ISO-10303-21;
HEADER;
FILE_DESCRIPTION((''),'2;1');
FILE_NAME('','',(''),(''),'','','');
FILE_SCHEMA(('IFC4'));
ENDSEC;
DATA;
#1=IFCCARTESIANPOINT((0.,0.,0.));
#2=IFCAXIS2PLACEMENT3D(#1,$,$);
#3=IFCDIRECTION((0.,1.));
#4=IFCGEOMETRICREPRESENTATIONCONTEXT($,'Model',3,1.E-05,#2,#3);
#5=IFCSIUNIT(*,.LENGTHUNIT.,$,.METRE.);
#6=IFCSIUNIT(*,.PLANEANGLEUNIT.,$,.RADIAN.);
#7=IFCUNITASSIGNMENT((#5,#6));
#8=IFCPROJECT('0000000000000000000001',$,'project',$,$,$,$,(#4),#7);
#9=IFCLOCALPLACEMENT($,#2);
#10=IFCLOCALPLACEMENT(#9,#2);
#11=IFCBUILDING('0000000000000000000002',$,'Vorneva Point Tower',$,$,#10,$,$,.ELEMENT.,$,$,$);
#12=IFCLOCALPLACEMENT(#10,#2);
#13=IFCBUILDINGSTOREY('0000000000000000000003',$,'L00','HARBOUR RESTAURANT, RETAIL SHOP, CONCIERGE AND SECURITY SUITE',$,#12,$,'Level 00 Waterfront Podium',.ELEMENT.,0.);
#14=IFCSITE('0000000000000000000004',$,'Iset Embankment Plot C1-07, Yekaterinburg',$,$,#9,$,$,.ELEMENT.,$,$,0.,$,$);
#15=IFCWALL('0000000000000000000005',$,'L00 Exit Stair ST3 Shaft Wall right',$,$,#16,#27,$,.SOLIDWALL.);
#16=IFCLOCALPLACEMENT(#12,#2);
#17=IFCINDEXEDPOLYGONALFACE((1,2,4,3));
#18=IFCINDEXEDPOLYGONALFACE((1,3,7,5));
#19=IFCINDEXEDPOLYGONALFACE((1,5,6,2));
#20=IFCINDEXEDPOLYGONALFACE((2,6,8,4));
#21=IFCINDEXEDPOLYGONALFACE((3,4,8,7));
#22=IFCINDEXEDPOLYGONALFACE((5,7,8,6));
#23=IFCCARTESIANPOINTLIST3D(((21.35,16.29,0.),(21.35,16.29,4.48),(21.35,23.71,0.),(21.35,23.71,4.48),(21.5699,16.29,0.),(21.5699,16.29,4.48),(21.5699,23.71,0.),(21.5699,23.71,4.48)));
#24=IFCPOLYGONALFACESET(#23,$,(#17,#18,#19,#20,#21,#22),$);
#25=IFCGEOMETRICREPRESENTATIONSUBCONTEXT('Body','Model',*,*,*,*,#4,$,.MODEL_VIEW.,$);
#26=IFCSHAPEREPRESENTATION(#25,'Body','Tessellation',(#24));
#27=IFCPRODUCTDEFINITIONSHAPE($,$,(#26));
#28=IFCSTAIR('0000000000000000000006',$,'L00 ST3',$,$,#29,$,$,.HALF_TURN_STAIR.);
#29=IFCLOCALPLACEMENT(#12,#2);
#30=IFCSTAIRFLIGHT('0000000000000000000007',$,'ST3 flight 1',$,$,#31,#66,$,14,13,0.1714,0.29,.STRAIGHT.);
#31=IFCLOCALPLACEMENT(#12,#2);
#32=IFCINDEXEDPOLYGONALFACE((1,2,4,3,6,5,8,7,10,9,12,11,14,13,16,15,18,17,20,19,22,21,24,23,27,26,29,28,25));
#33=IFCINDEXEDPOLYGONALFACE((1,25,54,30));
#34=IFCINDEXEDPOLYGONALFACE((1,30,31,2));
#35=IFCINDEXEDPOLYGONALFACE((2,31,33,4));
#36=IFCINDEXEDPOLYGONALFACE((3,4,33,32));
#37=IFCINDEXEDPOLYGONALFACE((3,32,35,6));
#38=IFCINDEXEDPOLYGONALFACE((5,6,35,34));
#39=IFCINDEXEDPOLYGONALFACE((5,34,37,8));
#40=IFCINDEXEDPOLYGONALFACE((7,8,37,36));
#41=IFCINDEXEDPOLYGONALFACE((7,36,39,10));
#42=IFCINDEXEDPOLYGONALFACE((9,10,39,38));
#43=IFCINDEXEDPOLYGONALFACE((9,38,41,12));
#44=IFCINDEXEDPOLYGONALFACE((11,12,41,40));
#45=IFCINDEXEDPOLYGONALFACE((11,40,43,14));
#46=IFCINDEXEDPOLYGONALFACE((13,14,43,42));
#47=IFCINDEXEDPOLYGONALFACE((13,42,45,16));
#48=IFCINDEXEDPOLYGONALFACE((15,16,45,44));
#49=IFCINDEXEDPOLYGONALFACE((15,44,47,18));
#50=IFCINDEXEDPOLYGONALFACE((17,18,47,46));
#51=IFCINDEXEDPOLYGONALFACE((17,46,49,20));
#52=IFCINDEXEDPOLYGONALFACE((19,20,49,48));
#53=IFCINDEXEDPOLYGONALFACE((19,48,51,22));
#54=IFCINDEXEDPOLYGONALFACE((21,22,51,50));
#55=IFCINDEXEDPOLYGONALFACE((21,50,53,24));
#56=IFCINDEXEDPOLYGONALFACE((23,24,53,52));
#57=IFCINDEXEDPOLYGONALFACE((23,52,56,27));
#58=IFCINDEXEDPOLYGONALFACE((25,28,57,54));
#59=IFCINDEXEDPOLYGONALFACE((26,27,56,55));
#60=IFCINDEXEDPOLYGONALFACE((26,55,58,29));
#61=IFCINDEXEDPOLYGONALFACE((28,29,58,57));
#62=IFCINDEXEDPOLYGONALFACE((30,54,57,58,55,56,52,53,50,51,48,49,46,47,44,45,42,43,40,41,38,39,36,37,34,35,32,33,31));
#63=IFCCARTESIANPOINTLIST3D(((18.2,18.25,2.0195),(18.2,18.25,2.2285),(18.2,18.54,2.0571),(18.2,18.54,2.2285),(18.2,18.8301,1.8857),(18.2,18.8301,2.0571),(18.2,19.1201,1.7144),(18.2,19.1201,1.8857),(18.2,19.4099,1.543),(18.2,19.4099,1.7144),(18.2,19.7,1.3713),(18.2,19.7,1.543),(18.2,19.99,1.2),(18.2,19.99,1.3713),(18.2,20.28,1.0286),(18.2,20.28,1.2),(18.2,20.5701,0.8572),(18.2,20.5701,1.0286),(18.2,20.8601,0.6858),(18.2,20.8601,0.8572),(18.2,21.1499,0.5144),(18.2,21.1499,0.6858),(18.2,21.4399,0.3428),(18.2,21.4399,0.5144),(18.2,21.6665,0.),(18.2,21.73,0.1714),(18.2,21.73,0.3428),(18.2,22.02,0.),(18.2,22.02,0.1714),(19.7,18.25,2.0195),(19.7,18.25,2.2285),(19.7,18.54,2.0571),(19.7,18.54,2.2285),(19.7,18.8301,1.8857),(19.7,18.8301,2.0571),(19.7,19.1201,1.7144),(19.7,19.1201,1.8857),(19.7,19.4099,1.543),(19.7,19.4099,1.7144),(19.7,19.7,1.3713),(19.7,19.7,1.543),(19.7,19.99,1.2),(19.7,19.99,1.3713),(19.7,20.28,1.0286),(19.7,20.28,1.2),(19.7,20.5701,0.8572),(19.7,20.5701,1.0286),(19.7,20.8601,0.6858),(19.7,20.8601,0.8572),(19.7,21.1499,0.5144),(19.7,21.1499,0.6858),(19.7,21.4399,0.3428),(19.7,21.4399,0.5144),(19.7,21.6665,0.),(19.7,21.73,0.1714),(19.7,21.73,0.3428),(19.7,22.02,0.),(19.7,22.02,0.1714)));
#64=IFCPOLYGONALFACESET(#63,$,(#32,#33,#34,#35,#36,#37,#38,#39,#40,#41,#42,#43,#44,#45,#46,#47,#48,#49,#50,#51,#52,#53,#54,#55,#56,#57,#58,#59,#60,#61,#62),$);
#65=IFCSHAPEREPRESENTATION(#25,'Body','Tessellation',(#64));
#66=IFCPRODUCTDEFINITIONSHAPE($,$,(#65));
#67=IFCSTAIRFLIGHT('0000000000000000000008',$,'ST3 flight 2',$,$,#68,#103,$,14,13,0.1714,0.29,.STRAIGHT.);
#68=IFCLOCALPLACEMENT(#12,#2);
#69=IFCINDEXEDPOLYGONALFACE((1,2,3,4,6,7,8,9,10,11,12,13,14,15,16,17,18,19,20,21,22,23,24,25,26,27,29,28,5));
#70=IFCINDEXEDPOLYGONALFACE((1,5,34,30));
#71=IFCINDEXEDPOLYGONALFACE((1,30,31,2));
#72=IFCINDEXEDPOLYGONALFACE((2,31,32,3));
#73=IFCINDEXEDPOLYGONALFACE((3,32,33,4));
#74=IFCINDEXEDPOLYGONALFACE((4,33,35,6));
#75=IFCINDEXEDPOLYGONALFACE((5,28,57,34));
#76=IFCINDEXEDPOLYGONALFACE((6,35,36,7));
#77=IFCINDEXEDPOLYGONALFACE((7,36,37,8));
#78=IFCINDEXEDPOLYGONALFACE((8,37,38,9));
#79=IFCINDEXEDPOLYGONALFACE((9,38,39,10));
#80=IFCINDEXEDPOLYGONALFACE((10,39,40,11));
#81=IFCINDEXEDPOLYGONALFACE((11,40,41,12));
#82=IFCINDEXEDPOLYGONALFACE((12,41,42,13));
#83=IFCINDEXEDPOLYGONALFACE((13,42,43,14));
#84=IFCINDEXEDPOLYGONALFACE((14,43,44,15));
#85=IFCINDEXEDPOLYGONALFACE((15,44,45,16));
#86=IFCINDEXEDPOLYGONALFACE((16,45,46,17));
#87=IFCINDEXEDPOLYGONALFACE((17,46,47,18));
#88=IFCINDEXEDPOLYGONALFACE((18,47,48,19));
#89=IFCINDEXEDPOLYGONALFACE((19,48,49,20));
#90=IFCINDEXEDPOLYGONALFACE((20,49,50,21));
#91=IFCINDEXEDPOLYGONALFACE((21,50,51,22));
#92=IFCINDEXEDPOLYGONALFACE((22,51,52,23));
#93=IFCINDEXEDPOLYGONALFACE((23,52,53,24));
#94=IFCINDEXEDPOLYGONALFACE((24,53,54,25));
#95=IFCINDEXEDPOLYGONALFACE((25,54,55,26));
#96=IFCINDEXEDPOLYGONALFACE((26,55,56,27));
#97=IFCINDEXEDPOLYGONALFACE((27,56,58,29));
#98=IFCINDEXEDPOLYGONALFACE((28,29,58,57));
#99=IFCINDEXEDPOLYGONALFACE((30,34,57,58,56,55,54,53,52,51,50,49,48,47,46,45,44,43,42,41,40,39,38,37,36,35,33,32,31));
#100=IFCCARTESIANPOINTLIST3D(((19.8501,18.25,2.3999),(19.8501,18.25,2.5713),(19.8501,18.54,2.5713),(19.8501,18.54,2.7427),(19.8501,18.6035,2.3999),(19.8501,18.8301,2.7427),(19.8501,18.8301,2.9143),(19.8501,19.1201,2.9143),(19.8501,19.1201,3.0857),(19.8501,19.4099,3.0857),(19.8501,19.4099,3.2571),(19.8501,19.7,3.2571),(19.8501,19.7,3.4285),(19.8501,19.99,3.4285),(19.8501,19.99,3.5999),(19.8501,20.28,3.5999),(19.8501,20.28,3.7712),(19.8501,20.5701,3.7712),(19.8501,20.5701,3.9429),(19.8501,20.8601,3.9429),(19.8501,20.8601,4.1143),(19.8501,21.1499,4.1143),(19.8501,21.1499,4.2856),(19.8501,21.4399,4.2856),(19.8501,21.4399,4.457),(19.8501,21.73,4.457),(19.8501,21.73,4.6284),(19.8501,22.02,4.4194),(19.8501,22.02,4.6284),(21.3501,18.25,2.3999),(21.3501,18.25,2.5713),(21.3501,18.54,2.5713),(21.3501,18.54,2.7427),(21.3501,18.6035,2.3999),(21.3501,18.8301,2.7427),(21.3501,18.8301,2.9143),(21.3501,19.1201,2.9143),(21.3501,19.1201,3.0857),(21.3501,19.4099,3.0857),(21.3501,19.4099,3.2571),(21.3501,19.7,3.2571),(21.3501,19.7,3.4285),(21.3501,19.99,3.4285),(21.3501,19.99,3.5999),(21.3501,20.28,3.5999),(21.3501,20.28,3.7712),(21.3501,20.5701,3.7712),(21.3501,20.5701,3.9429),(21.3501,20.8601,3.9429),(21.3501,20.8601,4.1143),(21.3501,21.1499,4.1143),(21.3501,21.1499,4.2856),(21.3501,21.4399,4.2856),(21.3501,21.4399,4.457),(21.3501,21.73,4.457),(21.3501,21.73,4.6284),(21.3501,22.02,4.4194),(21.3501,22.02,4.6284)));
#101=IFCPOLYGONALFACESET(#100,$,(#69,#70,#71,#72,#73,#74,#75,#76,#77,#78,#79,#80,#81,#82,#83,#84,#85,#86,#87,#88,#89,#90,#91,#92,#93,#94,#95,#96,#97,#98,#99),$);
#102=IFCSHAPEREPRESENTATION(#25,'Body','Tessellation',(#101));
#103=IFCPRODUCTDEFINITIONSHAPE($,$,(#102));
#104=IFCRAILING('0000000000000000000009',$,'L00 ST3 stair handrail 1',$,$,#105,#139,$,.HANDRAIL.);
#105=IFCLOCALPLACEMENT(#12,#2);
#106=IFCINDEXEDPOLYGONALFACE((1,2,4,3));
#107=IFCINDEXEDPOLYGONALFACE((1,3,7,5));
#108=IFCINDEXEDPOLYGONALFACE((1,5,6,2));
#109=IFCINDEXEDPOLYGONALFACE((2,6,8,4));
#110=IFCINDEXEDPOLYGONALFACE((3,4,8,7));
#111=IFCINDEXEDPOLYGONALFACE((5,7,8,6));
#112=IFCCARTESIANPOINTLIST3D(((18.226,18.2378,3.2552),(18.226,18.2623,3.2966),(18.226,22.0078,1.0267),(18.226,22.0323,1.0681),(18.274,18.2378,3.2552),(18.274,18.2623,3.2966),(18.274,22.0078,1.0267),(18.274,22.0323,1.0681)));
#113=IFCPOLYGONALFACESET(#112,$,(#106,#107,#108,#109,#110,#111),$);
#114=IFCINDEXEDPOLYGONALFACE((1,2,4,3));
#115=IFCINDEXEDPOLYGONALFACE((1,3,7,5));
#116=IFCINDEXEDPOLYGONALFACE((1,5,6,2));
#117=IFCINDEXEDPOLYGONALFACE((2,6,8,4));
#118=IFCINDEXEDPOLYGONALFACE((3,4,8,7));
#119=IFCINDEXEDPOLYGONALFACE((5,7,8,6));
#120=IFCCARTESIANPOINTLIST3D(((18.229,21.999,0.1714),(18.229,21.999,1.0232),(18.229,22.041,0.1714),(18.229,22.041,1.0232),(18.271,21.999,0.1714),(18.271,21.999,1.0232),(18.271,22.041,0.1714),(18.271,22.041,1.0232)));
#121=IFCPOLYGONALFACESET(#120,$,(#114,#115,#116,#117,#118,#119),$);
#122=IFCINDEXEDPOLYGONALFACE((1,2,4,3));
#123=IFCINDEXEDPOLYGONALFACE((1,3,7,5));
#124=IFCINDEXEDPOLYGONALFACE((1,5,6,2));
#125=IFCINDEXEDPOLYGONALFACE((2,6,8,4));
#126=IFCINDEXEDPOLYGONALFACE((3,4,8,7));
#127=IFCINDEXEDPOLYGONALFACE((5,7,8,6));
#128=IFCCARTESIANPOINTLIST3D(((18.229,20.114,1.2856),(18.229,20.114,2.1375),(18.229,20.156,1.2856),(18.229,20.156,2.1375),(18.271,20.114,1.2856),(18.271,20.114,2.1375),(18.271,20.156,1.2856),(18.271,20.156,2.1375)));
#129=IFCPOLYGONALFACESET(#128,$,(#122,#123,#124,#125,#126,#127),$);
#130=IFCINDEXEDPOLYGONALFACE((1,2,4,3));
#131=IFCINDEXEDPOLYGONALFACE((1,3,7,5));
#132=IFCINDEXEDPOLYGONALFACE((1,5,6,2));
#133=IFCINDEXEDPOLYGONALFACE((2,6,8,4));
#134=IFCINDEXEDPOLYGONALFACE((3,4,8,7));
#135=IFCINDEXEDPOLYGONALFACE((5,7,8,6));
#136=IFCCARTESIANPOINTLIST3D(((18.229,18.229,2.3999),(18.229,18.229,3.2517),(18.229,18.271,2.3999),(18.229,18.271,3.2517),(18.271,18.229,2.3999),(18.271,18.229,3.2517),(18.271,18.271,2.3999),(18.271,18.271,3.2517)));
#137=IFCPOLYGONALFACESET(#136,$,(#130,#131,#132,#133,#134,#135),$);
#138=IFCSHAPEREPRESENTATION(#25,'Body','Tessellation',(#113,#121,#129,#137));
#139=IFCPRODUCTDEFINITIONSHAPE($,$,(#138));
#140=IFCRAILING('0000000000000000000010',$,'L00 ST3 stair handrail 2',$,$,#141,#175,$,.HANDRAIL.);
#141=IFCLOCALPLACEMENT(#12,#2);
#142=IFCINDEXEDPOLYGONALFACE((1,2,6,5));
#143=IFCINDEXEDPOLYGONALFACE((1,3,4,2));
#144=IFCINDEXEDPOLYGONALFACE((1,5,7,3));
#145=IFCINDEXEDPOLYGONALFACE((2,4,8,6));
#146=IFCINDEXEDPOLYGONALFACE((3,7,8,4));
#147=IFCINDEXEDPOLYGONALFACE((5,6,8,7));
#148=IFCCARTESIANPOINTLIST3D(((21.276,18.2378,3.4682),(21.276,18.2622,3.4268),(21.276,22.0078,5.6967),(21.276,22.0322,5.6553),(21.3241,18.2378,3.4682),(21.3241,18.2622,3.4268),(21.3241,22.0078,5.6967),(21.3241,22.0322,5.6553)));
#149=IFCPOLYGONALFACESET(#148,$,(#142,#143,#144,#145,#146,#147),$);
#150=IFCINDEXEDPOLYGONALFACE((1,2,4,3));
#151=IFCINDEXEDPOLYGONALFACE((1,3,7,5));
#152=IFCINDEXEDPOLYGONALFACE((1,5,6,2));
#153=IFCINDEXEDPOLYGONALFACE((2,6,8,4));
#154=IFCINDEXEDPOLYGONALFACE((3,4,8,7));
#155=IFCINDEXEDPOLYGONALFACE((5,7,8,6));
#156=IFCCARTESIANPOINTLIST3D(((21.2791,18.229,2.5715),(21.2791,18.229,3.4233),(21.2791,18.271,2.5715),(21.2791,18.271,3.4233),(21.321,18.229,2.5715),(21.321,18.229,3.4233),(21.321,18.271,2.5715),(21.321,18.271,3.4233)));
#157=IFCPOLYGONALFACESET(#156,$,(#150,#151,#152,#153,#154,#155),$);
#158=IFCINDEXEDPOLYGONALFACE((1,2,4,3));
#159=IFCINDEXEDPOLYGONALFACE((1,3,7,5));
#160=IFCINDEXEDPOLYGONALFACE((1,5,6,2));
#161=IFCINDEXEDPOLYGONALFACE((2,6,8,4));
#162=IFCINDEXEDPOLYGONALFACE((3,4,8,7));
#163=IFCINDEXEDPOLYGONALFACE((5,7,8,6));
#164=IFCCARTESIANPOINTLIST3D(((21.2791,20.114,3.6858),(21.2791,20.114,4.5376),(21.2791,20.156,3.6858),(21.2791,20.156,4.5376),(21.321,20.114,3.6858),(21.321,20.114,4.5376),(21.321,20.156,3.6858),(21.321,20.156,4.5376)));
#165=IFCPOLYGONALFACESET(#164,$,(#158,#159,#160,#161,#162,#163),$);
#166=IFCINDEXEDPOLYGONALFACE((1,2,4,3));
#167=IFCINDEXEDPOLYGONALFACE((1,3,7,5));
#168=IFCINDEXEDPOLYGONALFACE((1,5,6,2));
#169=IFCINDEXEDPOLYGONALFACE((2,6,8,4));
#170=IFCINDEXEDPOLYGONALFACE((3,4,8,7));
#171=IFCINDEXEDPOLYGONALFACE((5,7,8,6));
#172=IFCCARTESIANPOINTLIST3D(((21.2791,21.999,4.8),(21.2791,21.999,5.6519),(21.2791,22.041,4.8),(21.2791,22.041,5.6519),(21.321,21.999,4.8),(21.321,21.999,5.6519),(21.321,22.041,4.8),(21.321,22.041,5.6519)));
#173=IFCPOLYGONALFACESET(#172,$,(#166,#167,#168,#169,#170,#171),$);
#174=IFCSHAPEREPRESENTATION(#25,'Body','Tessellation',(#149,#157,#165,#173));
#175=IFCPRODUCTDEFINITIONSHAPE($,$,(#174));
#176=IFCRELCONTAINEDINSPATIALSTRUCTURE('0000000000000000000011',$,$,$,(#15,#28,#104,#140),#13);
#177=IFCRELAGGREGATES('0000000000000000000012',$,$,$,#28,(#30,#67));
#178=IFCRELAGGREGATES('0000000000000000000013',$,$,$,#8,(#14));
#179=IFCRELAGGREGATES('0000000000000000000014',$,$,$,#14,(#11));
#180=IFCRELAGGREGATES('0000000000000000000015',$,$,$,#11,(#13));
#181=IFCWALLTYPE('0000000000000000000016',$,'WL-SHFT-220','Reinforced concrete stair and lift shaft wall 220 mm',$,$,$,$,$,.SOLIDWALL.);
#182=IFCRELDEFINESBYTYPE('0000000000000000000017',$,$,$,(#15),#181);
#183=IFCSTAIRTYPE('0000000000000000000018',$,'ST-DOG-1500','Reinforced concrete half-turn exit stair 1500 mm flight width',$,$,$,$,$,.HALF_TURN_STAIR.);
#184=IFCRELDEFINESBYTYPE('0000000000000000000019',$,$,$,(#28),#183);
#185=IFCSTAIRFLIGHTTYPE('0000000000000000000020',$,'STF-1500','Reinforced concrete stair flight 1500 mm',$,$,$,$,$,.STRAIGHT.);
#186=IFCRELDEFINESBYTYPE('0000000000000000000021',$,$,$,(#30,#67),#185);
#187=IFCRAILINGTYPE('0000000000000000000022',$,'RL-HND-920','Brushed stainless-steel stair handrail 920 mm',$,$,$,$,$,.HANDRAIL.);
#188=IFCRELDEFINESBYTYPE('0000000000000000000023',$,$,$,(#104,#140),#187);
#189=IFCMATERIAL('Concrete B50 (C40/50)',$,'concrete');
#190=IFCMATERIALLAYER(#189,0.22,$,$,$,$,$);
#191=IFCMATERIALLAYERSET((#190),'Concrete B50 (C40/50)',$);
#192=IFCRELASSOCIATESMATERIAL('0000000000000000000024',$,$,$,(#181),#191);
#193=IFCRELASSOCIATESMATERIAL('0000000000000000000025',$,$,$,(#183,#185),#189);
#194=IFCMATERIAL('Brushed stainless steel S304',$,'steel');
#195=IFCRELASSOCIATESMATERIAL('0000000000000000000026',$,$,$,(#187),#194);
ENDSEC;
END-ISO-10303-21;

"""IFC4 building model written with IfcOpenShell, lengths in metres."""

from ifc_helpers import new_model, si_unit, direction, frame, frame_2d, origin, origin_2d, place, context, subcontext, project, spatial, polyline, rectangle, outline, extrude, material, layer, layer_set, type_object, element, aggregate, save


model = new_model("IFC4")

# Units and contexts
model_context = context("Model", 3, precision=1e-05, world=origin(), true_north=direction((0.0, 1.0)))
body_context = subcontext(model_context, "Body", "Model", "MODEL_VIEW")
ifc_project = project(units=[si_unit("LENGTHUNIT", "METRE"), si_unit("PLANEANGLEUNIT", "RADIAN")], contexts=[model_context])

# Site, building, storey
site_placement = place(None, origin())
site = spatial("IfcSite", under=ifc_project, at=site_placement, Name="Iset Embankment Plot C1-07, Yekaterinburg", CompositionType="ELEMENT", RefElevation=0.0)
building_placement = place(site_placement, origin())
building = spatial("IfcBuilding", under=site, at=building_placement, Name="Vorneva Point Tower", CompositionType="ELEMENT")
storey_placement = place(building_placement, origin())
storey = spatial("IfcBuildingStorey", under=building, at=storey_placement, Name="L00", Description="HARBOUR RESTAURANT, RETAIL SHOP, CONCIERGE AND SECURITY SUITE", LongName="Level 00 Waterfront Podium", CompositionType="ELEMENT", Elevation=0.0)

# Shared definitions
ifc_material_1 = material(Name="Concrete B50 (C40/50)", Category="concrete")
ifc_layer_1 = layer(ifc_material_1, 0.22)
ifc_layer_set_1 = layer_set([ifc_layer_1], Name="Concrete B50 (C40/50)")
wall_type_1 = type_object("IfcWallType", Name="WL-SHFT-220", Description="Reinforced concrete stair and lift shaft wall 220 mm", PredefinedType="SOLIDWALL", material=ifc_layer_set_1)

# Wall
wall_1_placement = place(storey_placement, frame((21.46, 23.71, 0.0), z_axis=(0.0, 0.0, 1.0), x_axis=(0.0, -1.0, 0.0)))
element("IfcWall", 1, at=wall_1_placement, inside=storey, type_object=wall_type_1, Name="L00 Exit Stair ST3 Shaft Wall right", PredefinedType="SOLIDWALL", context=body_context, shape_type="SweptSolid", body=[
    extrude(rectangle(XDim=7.4199, YDim=0.22, at=frame_2d((3.71, 0.0))), origin(), (0.0, 0.0, 1.0), 4.48),
])

# Stair, stair flights
stair_type = type_object("IfcStairType", Name="ST-DOG-1500", Description="Reinforced concrete half-turn exit stair 1500 mm flight width", PredefinedType="HALF_TURN_STAIR", material=ifc_material_1)
stair_placement = place(storey_placement, origin())
stair = element("IfcStair", 2, at=stair_placement, inside=storey, type_object=stair_type, Name="L00 ST3", PredefinedType="HALF_TURN_STAIR")
stair_flight_type = type_object("IfcStairFlightType", Name="STF-1500", Description="Reinforced concrete stair flight 1500 mm", PredefinedType="STRAIGHT", material=ifc_material_1)
stair_flight_1_placement = place(storey_placement, frame((18.95, 22.02, 0.0), z_axis=(0.0, 0.0, 1.0), x_axis=(0.0, -1.0, 0.0)))
stair_flight_1 = element("IfcStairFlight", 3, at=stair_flight_1_placement, type_object=stair_flight_type, Name="ST3 flight 1", NumberOfRisers=14, NumberOfTreads=13, PredefinedType="STRAIGHT", RiserHeight=0.1714, TreadLength=0.29, context=body_context, shape_type="SweptSolid", body=[
    extrude(outline(polyline([(0.0, 0.0), (0.0, 0.1714), (0.29, 0.1714), (0.29, 0.3428), (0.5801, 0.3428), (0.5801, 0.5144), (0.8701, 0.5144), (0.8701, 0.6858), (1.1599, 0.6858), (1.1599, 0.8572), (1.45, 0.8572), (1.45, 1.0286), (1.74, 1.0286), (1.74, 1.2), (2.03, 1.2), (2.03, 1.3713), (2.3201, 1.3713), (2.3201, 1.543), (2.6101, 1.543), (2.6101, 1.7144), (2.8999, 1.7144), (2.8999, 1.8857), (3.1899, 1.8857), (3.1899, 2.0571), (3.48, 2.0571), (3.48, 2.2285), (3.77, 2.2285), (3.77, 2.3999), (3.77, 2.0195), (0.3535, 0.0), (0.0, 0.0)])), frame((0.0, 0.75, 0.0), z_axis=(0.0, -1.0, 0.0), x_axis=(1.0, 0.0, 0.0)), (0.0, 0.0, 1.0), 1.5),
])
stair_flight_2_placement = place(storey_placement, frame((20.6001, 18.25, 2.3999), z_axis=(0.0, 0.0, 1.0), x_axis=(0.0, 1.0, 0.0)))
stair_flight_2 = element("IfcStairFlight", 4, at=stair_flight_2_placement, type_object=stair_flight_type, Name="ST3 flight 2", NumberOfRisers=14, NumberOfTreads=13, PredefinedType="STRAIGHT", RiserHeight=0.1714, TreadLength=0.29, context=body_context, shape_type="SweptSolid", body=[
    extrude(outline(polyline([(0.0, 0.0), (0.0, 0.1714), (0.29, 0.1714), (0.29, 0.3428), (0.5801, 0.3428), (0.5801, 0.5144), (0.8701, 0.5144), (0.8701, 0.6858), (1.1599, 0.6858), (1.1599, 0.8572), (1.45, 0.8572), (1.45, 1.0286), (1.74, 1.0286), (1.74, 1.2), (2.03, 1.2), (2.03, 1.3713), (2.3201, 1.3713), (2.3201, 1.543), (2.6101, 1.543), (2.6101, 1.7144), (2.8999, 1.7144), (2.8999, 1.8857), (3.1899, 1.8857), (3.1899, 2.0571), (3.48, 2.0571), (3.48, 2.2285), (3.77, 2.2285), (3.77, 2.3999), (3.77, 2.0195), (0.3535, 0.0), (0.0, 0.0)])), frame((0.0, 0.75, 0.0), z_axis=(0.0, -1.0, 0.0), x_axis=(1.0, 0.0, 0.0)), (0.0, 0.0, 1.0), 1.5),
])
aggregate(stair, [stair_flight_1, stair_flight_2])

# Railings
ifc_material_2 = material(Name="Brushed stainless steel S304", Category="steel")
railing_type_1 = type_object("IfcRailingType", Name="RL-HND-920", Description="Brushed stainless-steel stair handrail 920 mm", PredefinedType="HANDRAIL", material=ifc_material_2)
railing_1_placement = place(storey_placement, frame((18.25, 22.02, 0.1714)))
element("IfcRailing", 5, at=railing_1_placement, inside=storey, type_object=railing_type_1, Name="L00 ST3 stair handrail 1", PredefinedType="HANDRAIL", context=body_context, shape_type="SweptSolid", body=[
    extrude(rectangle(XDim=0.0481, YDim=0.0481, at=origin_2d()), frame((0.0, 0.0, 0.876), z_axis=(0.0, -0.860849, 0.508861), x_axis=(1.0, 0.0, 0.0)), (0.0, 0.0, 1.0), 4.3794),
    extrude(rectangle(XDim=0.042, YDim=0.042, at=origin_2d()), origin(), (0.0, 0.0, 1.0), 0.8518),
    extrude(rectangle(XDim=0.042, YDim=0.042, at=origin_2d()), frame((0.0, -1.885, 1.1143)), (0.0, 0.0, 1.0), 0.8518),
    extrude(rectangle(XDim=0.042, YDim=0.042, at=origin_2d()), frame((0.0, -3.77, 2.2285)), (0.0, 0.0, 1.0), 0.8518),
])
railing_2_placement = place(storey_placement, frame((21.3, 18.25, 2.5715)))
element("IfcRailing", 6, at=railing_2_placement, inside=storey, type_object=railing_type_1, Name="L00 ST3 stair handrail 2", PredefinedType="HANDRAIL", context=body_context, shape_type="SweptSolid", body=[
    extrude(rectangle(XDim=0.0481, YDim=0.0481, at=origin_2d()), frame((0.0, 0.0, 0.876), z_axis=(0.0, 0.860849, 0.508861), x_axis=(-1.0, 0.0, 0.0)), (0.0, 0.0, 1.0), 4.3794),
    extrude(rectangle(XDim=0.042, YDim=0.042, at=origin_2d()), origin(), (0.0, 0.0, 1.0), 0.8518),
    extrude(rectangle(XDim=0.042, YDim=0.042, at=origin_2d()), frame((0.0, 1.885, 1.1143)), (0.0, 0.0, 1.0), 0.8518),
    extrude(rectangle(XDim=0.042, YDim=0.042, at=origin_2d()), frame((0.0, 3.77, 2.2285)), (0.0, 0.0, 1.0), 0.8518),
])

save(model, "model.ifc")
